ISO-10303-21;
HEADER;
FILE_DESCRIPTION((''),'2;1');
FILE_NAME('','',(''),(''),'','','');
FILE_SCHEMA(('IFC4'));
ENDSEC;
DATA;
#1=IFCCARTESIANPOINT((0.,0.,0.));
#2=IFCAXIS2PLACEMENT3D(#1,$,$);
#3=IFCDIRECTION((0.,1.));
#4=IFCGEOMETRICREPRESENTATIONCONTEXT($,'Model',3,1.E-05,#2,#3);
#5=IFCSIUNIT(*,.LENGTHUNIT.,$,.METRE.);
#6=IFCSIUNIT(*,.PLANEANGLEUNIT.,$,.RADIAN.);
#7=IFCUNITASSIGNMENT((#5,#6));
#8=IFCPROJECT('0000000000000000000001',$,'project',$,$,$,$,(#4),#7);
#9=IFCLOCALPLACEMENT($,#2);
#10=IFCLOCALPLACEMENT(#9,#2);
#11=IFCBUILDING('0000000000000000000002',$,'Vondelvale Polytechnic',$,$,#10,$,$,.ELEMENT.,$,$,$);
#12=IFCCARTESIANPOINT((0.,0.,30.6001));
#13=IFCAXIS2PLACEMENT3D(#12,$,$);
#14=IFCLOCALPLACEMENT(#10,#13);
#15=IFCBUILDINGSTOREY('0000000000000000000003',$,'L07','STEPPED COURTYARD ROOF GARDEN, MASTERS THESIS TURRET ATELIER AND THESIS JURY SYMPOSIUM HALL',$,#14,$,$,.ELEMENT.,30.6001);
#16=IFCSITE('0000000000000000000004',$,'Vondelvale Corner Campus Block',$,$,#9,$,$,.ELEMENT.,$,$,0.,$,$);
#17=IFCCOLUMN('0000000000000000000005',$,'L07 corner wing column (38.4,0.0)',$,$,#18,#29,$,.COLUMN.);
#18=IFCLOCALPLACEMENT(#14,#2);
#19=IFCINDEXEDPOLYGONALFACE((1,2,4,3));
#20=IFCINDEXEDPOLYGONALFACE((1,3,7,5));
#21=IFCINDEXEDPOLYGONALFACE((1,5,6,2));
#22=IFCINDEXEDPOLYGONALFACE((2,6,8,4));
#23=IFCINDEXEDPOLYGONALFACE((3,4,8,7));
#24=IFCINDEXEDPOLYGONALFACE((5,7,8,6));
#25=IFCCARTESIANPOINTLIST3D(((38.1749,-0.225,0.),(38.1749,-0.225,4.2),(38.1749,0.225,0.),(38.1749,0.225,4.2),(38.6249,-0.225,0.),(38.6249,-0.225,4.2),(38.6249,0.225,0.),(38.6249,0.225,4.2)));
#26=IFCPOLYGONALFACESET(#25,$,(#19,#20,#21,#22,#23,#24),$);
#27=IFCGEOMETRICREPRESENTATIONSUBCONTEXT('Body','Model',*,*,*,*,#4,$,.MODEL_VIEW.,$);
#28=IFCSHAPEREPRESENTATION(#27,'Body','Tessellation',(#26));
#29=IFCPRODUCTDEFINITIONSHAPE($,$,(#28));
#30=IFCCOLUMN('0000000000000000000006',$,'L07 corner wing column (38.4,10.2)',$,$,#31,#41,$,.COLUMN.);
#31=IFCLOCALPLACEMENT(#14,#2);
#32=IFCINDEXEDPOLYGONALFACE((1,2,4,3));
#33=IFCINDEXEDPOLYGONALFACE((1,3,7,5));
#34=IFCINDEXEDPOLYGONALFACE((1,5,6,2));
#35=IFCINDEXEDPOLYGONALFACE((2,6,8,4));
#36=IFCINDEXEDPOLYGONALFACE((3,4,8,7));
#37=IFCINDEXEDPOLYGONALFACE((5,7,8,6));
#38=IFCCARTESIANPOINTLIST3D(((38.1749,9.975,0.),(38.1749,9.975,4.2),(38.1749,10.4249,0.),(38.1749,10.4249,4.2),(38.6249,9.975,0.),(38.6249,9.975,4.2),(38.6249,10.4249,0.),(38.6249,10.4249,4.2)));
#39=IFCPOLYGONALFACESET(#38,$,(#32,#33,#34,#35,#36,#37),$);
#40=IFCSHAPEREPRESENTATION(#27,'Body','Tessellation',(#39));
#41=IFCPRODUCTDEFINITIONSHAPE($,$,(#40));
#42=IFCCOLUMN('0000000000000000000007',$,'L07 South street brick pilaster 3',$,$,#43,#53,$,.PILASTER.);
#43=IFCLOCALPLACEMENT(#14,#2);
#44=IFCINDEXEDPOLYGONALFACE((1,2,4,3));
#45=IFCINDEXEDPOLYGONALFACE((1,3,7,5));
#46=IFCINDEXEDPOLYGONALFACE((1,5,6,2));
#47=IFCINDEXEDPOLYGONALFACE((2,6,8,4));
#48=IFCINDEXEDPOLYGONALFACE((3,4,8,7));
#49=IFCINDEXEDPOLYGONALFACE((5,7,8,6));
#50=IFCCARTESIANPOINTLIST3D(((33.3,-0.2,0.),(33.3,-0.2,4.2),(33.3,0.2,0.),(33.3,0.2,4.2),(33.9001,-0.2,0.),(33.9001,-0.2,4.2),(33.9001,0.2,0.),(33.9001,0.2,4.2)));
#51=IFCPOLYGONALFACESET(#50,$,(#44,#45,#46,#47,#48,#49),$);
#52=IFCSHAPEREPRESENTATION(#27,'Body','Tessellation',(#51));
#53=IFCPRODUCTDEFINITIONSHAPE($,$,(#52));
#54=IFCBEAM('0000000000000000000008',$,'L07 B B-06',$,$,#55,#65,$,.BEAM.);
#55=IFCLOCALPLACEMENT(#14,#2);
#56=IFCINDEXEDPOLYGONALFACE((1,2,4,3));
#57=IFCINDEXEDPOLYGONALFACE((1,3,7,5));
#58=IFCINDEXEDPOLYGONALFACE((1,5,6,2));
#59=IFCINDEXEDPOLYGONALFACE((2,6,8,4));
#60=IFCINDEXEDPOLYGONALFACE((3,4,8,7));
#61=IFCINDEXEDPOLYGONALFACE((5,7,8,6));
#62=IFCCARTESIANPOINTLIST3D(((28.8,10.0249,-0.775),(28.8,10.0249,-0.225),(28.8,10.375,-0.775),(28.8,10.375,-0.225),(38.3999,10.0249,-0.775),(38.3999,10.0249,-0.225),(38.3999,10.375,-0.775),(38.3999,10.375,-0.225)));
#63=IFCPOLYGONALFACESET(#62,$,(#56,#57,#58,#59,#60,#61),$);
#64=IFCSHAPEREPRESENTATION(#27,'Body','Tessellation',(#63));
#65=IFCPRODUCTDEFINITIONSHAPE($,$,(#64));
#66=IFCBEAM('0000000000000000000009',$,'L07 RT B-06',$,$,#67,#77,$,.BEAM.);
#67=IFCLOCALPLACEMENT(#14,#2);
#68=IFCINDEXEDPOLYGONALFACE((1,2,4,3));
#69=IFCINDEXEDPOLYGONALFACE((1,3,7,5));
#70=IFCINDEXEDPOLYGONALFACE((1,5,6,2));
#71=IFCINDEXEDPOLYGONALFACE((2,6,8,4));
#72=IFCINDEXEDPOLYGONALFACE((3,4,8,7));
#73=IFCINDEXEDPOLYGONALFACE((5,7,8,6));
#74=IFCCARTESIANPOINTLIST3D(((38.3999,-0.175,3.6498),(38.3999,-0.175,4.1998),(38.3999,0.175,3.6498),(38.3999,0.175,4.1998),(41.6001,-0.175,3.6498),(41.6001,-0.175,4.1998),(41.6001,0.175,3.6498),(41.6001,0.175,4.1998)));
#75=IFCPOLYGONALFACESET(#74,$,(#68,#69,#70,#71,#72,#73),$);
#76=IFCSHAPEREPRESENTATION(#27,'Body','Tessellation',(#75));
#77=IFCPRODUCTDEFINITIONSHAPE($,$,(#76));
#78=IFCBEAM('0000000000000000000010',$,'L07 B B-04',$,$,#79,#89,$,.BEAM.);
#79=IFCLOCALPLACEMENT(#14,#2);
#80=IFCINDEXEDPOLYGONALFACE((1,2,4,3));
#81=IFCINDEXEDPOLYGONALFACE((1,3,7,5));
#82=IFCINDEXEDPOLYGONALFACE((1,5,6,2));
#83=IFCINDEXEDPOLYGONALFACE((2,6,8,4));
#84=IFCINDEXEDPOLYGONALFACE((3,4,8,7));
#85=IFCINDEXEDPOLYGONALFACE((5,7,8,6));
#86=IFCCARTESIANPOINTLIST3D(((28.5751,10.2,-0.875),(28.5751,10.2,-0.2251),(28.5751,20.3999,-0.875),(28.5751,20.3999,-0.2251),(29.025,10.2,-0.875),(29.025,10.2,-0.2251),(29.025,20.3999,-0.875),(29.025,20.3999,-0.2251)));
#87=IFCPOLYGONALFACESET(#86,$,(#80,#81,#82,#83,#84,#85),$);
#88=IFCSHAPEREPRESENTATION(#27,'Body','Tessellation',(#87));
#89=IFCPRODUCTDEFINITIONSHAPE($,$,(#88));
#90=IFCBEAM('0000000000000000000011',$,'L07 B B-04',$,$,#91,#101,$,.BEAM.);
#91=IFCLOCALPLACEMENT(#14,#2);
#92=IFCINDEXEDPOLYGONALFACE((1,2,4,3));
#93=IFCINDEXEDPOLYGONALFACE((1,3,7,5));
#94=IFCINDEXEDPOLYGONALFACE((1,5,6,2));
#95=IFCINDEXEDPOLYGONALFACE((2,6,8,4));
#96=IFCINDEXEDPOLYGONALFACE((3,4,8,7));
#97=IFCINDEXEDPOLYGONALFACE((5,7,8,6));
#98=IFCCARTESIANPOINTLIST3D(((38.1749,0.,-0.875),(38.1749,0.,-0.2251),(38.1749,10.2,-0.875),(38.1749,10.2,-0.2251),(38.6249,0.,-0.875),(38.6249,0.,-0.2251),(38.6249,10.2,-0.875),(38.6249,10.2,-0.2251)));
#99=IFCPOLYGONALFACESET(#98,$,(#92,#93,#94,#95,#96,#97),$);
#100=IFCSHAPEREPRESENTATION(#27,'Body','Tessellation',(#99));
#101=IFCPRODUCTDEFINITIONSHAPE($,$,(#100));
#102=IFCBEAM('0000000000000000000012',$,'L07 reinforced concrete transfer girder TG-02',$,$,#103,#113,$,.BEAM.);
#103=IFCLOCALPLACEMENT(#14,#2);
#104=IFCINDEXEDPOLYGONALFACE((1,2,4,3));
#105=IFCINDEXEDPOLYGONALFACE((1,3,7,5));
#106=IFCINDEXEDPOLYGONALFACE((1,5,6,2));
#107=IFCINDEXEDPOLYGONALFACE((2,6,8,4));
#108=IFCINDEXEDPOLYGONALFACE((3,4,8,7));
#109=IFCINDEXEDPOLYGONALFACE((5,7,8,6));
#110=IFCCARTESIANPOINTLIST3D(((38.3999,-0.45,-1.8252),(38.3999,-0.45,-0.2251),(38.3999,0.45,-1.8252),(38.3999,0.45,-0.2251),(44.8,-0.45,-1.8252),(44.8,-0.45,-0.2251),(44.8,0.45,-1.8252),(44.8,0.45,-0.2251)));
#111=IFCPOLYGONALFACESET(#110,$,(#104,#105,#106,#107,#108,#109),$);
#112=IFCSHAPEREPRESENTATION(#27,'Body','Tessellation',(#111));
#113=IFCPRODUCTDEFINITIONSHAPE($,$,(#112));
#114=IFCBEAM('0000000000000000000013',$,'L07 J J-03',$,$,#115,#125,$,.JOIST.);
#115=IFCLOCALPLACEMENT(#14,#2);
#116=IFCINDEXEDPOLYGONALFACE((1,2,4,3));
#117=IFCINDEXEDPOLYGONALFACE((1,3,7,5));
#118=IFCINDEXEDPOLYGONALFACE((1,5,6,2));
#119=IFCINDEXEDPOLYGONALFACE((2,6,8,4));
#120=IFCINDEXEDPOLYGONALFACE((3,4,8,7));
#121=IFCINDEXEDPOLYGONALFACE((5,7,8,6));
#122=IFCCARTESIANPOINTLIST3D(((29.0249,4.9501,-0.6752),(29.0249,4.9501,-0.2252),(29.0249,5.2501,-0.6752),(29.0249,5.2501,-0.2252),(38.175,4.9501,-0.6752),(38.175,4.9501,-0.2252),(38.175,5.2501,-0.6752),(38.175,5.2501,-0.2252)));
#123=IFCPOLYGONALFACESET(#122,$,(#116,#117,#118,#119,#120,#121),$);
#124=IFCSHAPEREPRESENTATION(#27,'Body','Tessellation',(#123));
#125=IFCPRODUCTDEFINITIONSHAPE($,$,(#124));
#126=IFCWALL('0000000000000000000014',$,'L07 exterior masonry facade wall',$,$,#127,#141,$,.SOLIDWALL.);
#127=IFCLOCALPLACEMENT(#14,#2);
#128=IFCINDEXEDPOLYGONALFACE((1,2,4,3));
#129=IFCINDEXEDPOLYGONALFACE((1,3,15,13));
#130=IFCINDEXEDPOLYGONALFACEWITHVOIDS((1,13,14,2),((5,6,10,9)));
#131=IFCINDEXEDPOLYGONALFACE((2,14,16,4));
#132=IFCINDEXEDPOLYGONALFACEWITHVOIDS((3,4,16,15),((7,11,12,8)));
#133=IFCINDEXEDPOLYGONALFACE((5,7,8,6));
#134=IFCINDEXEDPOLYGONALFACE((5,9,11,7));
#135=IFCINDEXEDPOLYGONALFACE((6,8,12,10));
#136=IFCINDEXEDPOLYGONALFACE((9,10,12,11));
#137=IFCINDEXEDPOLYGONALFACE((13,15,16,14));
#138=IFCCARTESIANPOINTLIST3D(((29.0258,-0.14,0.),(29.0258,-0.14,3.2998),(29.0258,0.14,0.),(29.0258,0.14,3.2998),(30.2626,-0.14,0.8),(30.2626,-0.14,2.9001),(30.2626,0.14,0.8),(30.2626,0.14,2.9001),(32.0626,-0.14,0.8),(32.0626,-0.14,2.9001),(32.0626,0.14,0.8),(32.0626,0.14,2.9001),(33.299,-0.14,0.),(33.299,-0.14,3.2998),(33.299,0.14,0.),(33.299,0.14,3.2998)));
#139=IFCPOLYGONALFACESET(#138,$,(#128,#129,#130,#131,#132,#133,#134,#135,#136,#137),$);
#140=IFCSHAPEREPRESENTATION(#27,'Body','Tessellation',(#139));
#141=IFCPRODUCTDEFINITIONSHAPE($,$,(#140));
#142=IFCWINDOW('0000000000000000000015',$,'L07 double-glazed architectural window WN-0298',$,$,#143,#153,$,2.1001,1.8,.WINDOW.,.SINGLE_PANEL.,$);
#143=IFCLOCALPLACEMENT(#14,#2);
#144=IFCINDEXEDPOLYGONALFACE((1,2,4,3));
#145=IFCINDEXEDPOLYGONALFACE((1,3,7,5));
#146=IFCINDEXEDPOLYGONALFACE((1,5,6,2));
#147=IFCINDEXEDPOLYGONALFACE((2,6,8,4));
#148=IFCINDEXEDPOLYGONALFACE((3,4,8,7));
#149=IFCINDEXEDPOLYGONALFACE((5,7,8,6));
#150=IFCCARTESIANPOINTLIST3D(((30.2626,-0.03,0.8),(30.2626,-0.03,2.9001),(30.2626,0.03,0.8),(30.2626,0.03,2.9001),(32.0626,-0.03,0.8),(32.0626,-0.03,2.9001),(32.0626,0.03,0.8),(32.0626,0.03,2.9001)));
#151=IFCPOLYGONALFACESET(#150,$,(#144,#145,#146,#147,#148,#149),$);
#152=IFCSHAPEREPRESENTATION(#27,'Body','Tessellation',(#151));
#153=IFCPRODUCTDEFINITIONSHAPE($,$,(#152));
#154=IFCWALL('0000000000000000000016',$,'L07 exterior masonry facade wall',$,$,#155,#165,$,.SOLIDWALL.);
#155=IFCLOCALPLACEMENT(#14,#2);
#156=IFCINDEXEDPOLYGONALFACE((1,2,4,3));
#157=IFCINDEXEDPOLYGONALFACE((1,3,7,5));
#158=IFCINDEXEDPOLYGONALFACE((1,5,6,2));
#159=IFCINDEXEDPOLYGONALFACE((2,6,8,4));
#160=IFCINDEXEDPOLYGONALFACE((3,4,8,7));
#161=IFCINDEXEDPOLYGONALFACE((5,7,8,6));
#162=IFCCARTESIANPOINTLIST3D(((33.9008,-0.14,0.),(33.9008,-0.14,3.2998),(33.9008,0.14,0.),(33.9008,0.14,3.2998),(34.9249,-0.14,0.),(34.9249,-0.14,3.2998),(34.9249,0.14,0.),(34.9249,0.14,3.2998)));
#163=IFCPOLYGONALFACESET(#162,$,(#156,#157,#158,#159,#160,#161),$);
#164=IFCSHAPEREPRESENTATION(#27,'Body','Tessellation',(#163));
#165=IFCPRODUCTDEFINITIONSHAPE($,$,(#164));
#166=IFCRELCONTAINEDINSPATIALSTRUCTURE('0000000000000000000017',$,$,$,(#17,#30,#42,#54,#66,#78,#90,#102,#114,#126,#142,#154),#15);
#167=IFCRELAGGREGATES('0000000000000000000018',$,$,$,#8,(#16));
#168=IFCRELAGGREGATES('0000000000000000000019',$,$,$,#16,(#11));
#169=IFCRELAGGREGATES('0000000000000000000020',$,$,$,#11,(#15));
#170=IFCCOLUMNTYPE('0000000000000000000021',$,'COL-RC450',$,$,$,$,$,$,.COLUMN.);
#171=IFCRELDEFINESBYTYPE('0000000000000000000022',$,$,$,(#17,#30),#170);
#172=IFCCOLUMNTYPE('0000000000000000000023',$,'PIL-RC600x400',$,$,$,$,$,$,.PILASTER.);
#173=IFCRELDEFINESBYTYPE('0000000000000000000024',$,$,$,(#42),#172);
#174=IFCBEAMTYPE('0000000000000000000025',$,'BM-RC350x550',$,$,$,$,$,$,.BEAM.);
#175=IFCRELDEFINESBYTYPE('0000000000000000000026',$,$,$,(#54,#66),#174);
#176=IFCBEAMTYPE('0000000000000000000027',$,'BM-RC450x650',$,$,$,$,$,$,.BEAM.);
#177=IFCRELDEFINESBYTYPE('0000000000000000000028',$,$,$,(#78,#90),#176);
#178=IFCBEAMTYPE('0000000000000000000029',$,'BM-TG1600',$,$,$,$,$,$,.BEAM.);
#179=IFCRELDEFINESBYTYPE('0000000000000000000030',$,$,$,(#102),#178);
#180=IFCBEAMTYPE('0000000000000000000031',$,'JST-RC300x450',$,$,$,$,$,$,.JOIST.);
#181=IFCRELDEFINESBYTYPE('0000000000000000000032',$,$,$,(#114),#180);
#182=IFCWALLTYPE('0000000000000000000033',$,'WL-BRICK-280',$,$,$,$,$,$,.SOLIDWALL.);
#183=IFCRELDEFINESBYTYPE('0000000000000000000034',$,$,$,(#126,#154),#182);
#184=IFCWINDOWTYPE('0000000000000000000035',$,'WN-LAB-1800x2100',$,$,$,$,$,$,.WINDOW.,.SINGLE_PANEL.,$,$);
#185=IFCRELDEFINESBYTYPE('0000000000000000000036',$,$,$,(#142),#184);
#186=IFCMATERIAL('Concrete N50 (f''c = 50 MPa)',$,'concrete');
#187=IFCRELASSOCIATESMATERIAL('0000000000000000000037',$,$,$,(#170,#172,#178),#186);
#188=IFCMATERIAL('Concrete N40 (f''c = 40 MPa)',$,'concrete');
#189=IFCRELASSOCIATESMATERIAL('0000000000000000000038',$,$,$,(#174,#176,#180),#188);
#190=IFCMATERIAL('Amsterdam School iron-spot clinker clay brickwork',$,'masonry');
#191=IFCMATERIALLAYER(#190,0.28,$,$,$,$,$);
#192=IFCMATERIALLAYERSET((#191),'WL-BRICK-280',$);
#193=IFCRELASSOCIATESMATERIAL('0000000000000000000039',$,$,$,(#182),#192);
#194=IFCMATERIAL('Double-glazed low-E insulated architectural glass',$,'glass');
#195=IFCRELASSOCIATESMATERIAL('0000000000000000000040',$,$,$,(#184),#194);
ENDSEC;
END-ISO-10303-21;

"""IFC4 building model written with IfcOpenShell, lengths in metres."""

from ifc_helpers import new_model, si_unit, direction, frame, frame_2d, origin, origin_2d, place, context, subcontext, project, spatial, rectangle, extrude, material, layer, layer_set, material_profile, profile_set, type_object, element, fill, save


model = new_model("IFC4")

# Units and contexts
model_context = context("Model", 3, precision=1e-05, world=origin(), true_north=direction((0.0, 1.0)))
body_context = subcontext(model_context, "Body", "Model", "MODEL_VIEW")
ifc_project = project(units=[si_unit("LENGTHUNIT", "METRE"), si_unit("PLANEANGLEUNIT", "RADIAN")], contexts=[model_context])

# Site, building, storey
site_placement = place(None, origin())
site = spatial("IfcSite", under=ifc_project, at=site_placement, Name="Vondelvale Corner Campus Block", CompositionType="ELEMENT", RefElevation=0.0)
building_placement = place(site_placement, origin())
building = spatial("IfcBuilding", under=site, at=building_placement, Name="Vondelvale Polytechnic", CompositionType="ELEMENT")
storey_placement = place(building_placement, frame((0.0, 0.0, 30.6001)))
storey = spatial("IfcBuildingStorey", under=building, at=storey_placement, Name="L07", Description="STEPPED COURTYARD ROOF GARDEN, MASTERS THESIS TURRET ATELIER AND THESIS JURY SYMPOSIUM HALL", CompositionType="ELEMENT", Elevation=30.6001)

# Columns
ifc_material_1 = material(Name="Concrete N50 (f'c = 50 MPa)", Category="concrete")
ifc_material_profile_1 = material_profile(ifc_material_1, rectangle(XDim=0.45, YDim=0.45, at=origin_2d()), Name="RC-COL-450x450")
ifc_profile_set_1 = profile_set([ifc_material_profile_1], Name="Concrete N50 (f'c = 50 MPa)")
column_type_1 = type_object("IfcColumnType", Name="COL-RC450", PredefinedType="COLUMN", material=ifc_profile_set_1)
for number, where, z_axis, x_axis, name in (
    (1, (38.3999, 0.0, 0.0), (0.0, 0.0, 1.0), (1.0, 0.0, 0.0), "L07 corner wing column (38.4,0.0)"),
    (2, (38.3999, 10.2, 0.0), (0.0, 0.0, 1.0), (1.0, 0.0, 0.0), "L07 corner wing column (38.4,10.2)"),
):
    element("IfcColumn", number, at=place(storey_placement, frame(where, z_axis=z_axis, x_axis=x_axis)), inside=storey, type_object=column_type_1, Name=name, PredefinedType="COLUMN", context=body_context, shape_type="SweptSolid", body=[
        extrude(rectangle(XDim=0.45, YDim=0.45, at=origin_2d()), origin(), (0.0, 0.0, 1.0), 4.2),
    ])
ifc_material_profile_2 = material_profile(ifc_material_1, rectangle(XDim=0.3999, YDim=0.6001, at=origin_2d()), Name="RC-PIL-600x400")
ifc_profile_set_2 = profile_set([ifc_material_profile_2], Name="Concrete N50 (f'c = 50 MPa)")
column_type_2 = type_object("IfcColumnType", Name="PIL-RC600x400", PredefinedType="PILASTER", material=ifc_profile_set_2)
column_placement = place(storey_placement, frame((33.6001, 0.0, 0.0), z_axis=(0.0, 0.0, 1.0), x_axis=(0.0, 1.0, 0.0)))
element("IfcColumn", 3, at=column_placement, inside=storey, type_object=column_type_2, Name="L07 South street brick pilaster 3", PredefinedType="PILASTER", context=body_context, shape_type="SweptSolid", body=[
    extrude(rectangle(XDim=0.3999, YDim=0.6001, at=origin_2d()), origin(), (0.0, 0.0, 1.0), 4.2),
])

# Beams
ifc_material_2 = material(Name="Concrete N40 (f'c = 40 MPa)", Category="concrete")
ifc_material_profile_3 = material_profile(ifc_material_2, rectangle(XDim=0.3501, YDim=0.55, at=origin_2d()), Name="RC-BM-350x550")
ifc_profile_set_3 = profile_set([ifc_material_profile_3], Name="Concrete N40 (f'c = 40 MPa)")
beam_type_1 = type_object("IfcBeamType", Name="BM-RC350x550", PredefinedType="BEAM", material=ifc_profile_set_3)
beam_1_placement = place(storey_placement, frame((28.8, 10.2, -0.5), z_axis=(1.0, 0.0, 0.0), x_axis=(0.0, 1.0, 0.0)))
element("IfcBeam", 4, at=beam_1_placement, inside=storey, type_object=beam_type_1, Name="L07 B B-06", PredefinedType="BEAM", context=body_context, shape_type="SweptSolid", body=[
    extrude(rectangle(XDim=0.3501, YDim=0.55, at=origin_2d()), origin(), (0.0, 0.0, 1.0), 9.5999),
])
beam_2_placement = place(storey_placement, frame((38.3999, 0.0, 3.9248), z_axis=(1.0, 0.0, 0.0), x_axis=(0.0, 1.0, 0.0)))
element("IfcBeam", 5, at=beam_2_placement, inside=storey, type_object=beam_type_1, Name="L07 RT B-06", PredefinedType="BEAM", context=body_context, shape_type="SweptSolid", body=[
    extrude(rectangle(XDim=0.3501, YDim=0.55, at=origin_2d()), origin(), (0.0, 0.0, 1.0), 3.2002),
])
ifc_material_profile_4 = material_profile(ifc_material_2, rectangle(XDim=0.45, YDim=0.6499, at=origin_2d()), Name="RC-BM-450x650")
ifc_profile_set_4 = profile_set([ifc_material_profile_4], Name="Concrete N40 (f'c = 40 MPa)")
beam_type_2 = type_object("IfcBeamType", Name="BM-RC450x650", PredefinedType="BEAM", material=ifc_profile_set_4)
for number, where, z_axis, x_axis, name in (
    (6, (28.8, 10.2, -0.55), (0.0, 1.0, 0.0), (-1.0, 0.0, 0.0), "L07 B B-04"),
    (7, (38.3999, 0.0, -0.55), (0.0, 1.0, 0.0), (-1.0, 0.0, 0.0), "L07 B B-04"),
):
    element("IfcBeam", number, at=place(storey_placement, frame(where, z_axis=z_axis, x_axis=x_axis)), inside=storey, type_object=beam_type_2, Name=name, PredefinedType="BEAM", context=body_context, shape_type="SweptSolid", body=[
        extrude(rectangle(XDim=0.45, YDim=0.6499, at=origin_2d()), origin(), (0.0, 0.0, 1.0), 10.2),
    ])
ifc_material_profile_5 = material_profile(ifc_material_1, rectangle(XDim=0.8999, YDim=1.6001, at=origin_2d()), Name="RC-TG-900x1600")
ifc_profile_set_5 = profile_set([ifc_material_profile_5], Name="Concrete N50 (f'c = 50 MPa)")
beam_type_3 = type_object("IfcBeamType", Name="BM-TG1600", PredefinedType="BEAM", material=ifc_profile_set_5)
beam_3_placement = place(storey_placement, frame((38.3999, 0.0, -1.0251), z_axis=(1.0, 0.0, 0.0), x_axis=(0.0, 1.0, 0.0)))
element("IfcBeam", 8, at=beam_3_placement, inside=storey, type_object=beam_type_3, Name="L07 reinforced concrete transfer girder TG-02", PredefinedType="BEAM", context=body_context, shape_type="SweptSolid", body=[
    extrude(rectangle(XDim=0.8999, YDim=1.6001, at=origin_2d()), origin(), (0.0, 0.0, 1.0), 6.4001),
])
ifc_material_profile_6 = material_profile(ifc_material_2, rectangle(XDim=0.3, YDim=0.45, at=origin_2d()), Name="RC-JST-300x450")
ifc_profile_set_6 = profile_set([ifc_material_profile_6], Name="Concrete N40 (f'c = 40 MPa)")
beam_type_4 = type_object("IfcBeamType", Name="JST-RC300x450", PredefinedType="JOIST", material=ifc_profile_set_6)
beam_4_placement = place(storey_placement, frame((29.0249, 5.1001, -0.4502), z_axis=(1.0, 0.0, 0.0), x_axis=(0.0, 1.0, 0.0)))
element("IfcBeam", 9, at=beam_4_placement, inside=storey, type_object=beam_type_4, Name="L07 J J-03", PredefinedType="JOIST", context=body_context, shape_type="SweptSolid", body=[
    extrude(rectangle(XDim=0.3, YDim=0.45, at=origin_2d()), origin(), (0.0, 0.0, 1.0), 9.1501),
])

# Wall, opening, window
ifc_material_3 = material(Name="Amsterdam School iron-spot clinker clay brickwork", Category="masonry")
ifc_layer_1 = layer(ifc_material_3, 0.28)
ifc_layer_set_1 = layer_set([ifc_layer_1], Name="WL-BRICK-280")
wall_type_1 = type_object("IfcWallType", Name="WL-BRICK-280", PredefinedType="SOLIDWALL", material=ifc_layer_set_1)
wall_1_placement = place(storey_placement, frame((33.2991, 0.0, 0.0), z_axis=(0.0, 0.0, 1.0), x_axis=(-1.0, 0.0, 0.0)))
wall_1 = element("IfcWall", 10, at=wall_1_placement, inside=storey, type_object=wall_type_1, Name="L07 exterior masonry facade wall", PredefinedType="SOLIDWALL", context=body_context, shape_type="SweptSolid", body=[
    extrude(rectangle(XDim=4.2732, YDim=0.28, at=frame_2d((2.1367, 0.0))), origin(), (0.0, 0.0, 1.0), 3.2998),
])
opening_1_placement = place(wall_1_placement, frame((1.2366, 0.0, 0.8)))
opening_1 = element("IfcOpeningElement", 11, at=opening_1_placement, cuts=wall_1, PredefinedType="OPENING", context=body_context, shape_type="SweptSolid", body=[
    extrude(rectangle(XDim=1.8, YDim=2.1001, at=frame_2d((0.8999, 1.05))), frame((0.0, 0.1499, 0.0), z_axis=(0.0, -1.0, 0.0), x_axis=(1.0, 0.0, 0.0)), (0.0, 0.0, 1.0), 0.3),
])
ifc_material_4 = material(Name="Double-glazed low-E insulated architectural glass", Category="glass")
window_type_1 = type_object("IfcWindowType", Name="WN-LAB-1800x2100", PartitioningType="SINGLE_PANEL", PredefinedType="WINDOW", material=ifc_material_4)
window_1_placement = place(opening_1_placement, origin())
window_1 = element("IfcWindow", 12, at=window_1_placement, inside=storey, type_object=window_type_1, Name="L07 double-glazed architectural window WN-0298", OverallHeight=2.1001, OverallWidth=1.8, PartitioningType="SINGLE_PANEL", PredefinedType="WINDOW", context=body_context, shape_type="SweptSolid", body=[
    extrude(rectangle(XDim=1.8, YDim=2.1001, at=frame_2d((0.8999, 1.05))), frame((0.0, 0.03, 0.0), z_axis=(0.0, -1.0, 0.0), x_axis=(1.0, 0.0, 0.0)), (0.0, 0.0, 1.0), 0.0601),
])
fill(opening_1, window_1)

# Wall
wall_2_placement = place(storey_placement, frame((34.925, 0.0, 0.0), z_axis=(0.0, 0.0, 1.0), x_axis=(-1.0, 0.0, 0.0)))
element("IfcWall", 13, at=wall_2_placement, inside=storey, type_object=wall_type_1, Name="L07 exterior masonry facade wall", PredefinedType="SOLIDWALL", context=body_context, shape_type="SweptSolid", body=[
    extrude(rectangle(XDim=1.0242, YDim=0.28, at=frame_2d((0.5122, 0.0))), origin(), (0.0, 0.0, 1.0), 3.2998),
])

save(model, "model.ifc")
